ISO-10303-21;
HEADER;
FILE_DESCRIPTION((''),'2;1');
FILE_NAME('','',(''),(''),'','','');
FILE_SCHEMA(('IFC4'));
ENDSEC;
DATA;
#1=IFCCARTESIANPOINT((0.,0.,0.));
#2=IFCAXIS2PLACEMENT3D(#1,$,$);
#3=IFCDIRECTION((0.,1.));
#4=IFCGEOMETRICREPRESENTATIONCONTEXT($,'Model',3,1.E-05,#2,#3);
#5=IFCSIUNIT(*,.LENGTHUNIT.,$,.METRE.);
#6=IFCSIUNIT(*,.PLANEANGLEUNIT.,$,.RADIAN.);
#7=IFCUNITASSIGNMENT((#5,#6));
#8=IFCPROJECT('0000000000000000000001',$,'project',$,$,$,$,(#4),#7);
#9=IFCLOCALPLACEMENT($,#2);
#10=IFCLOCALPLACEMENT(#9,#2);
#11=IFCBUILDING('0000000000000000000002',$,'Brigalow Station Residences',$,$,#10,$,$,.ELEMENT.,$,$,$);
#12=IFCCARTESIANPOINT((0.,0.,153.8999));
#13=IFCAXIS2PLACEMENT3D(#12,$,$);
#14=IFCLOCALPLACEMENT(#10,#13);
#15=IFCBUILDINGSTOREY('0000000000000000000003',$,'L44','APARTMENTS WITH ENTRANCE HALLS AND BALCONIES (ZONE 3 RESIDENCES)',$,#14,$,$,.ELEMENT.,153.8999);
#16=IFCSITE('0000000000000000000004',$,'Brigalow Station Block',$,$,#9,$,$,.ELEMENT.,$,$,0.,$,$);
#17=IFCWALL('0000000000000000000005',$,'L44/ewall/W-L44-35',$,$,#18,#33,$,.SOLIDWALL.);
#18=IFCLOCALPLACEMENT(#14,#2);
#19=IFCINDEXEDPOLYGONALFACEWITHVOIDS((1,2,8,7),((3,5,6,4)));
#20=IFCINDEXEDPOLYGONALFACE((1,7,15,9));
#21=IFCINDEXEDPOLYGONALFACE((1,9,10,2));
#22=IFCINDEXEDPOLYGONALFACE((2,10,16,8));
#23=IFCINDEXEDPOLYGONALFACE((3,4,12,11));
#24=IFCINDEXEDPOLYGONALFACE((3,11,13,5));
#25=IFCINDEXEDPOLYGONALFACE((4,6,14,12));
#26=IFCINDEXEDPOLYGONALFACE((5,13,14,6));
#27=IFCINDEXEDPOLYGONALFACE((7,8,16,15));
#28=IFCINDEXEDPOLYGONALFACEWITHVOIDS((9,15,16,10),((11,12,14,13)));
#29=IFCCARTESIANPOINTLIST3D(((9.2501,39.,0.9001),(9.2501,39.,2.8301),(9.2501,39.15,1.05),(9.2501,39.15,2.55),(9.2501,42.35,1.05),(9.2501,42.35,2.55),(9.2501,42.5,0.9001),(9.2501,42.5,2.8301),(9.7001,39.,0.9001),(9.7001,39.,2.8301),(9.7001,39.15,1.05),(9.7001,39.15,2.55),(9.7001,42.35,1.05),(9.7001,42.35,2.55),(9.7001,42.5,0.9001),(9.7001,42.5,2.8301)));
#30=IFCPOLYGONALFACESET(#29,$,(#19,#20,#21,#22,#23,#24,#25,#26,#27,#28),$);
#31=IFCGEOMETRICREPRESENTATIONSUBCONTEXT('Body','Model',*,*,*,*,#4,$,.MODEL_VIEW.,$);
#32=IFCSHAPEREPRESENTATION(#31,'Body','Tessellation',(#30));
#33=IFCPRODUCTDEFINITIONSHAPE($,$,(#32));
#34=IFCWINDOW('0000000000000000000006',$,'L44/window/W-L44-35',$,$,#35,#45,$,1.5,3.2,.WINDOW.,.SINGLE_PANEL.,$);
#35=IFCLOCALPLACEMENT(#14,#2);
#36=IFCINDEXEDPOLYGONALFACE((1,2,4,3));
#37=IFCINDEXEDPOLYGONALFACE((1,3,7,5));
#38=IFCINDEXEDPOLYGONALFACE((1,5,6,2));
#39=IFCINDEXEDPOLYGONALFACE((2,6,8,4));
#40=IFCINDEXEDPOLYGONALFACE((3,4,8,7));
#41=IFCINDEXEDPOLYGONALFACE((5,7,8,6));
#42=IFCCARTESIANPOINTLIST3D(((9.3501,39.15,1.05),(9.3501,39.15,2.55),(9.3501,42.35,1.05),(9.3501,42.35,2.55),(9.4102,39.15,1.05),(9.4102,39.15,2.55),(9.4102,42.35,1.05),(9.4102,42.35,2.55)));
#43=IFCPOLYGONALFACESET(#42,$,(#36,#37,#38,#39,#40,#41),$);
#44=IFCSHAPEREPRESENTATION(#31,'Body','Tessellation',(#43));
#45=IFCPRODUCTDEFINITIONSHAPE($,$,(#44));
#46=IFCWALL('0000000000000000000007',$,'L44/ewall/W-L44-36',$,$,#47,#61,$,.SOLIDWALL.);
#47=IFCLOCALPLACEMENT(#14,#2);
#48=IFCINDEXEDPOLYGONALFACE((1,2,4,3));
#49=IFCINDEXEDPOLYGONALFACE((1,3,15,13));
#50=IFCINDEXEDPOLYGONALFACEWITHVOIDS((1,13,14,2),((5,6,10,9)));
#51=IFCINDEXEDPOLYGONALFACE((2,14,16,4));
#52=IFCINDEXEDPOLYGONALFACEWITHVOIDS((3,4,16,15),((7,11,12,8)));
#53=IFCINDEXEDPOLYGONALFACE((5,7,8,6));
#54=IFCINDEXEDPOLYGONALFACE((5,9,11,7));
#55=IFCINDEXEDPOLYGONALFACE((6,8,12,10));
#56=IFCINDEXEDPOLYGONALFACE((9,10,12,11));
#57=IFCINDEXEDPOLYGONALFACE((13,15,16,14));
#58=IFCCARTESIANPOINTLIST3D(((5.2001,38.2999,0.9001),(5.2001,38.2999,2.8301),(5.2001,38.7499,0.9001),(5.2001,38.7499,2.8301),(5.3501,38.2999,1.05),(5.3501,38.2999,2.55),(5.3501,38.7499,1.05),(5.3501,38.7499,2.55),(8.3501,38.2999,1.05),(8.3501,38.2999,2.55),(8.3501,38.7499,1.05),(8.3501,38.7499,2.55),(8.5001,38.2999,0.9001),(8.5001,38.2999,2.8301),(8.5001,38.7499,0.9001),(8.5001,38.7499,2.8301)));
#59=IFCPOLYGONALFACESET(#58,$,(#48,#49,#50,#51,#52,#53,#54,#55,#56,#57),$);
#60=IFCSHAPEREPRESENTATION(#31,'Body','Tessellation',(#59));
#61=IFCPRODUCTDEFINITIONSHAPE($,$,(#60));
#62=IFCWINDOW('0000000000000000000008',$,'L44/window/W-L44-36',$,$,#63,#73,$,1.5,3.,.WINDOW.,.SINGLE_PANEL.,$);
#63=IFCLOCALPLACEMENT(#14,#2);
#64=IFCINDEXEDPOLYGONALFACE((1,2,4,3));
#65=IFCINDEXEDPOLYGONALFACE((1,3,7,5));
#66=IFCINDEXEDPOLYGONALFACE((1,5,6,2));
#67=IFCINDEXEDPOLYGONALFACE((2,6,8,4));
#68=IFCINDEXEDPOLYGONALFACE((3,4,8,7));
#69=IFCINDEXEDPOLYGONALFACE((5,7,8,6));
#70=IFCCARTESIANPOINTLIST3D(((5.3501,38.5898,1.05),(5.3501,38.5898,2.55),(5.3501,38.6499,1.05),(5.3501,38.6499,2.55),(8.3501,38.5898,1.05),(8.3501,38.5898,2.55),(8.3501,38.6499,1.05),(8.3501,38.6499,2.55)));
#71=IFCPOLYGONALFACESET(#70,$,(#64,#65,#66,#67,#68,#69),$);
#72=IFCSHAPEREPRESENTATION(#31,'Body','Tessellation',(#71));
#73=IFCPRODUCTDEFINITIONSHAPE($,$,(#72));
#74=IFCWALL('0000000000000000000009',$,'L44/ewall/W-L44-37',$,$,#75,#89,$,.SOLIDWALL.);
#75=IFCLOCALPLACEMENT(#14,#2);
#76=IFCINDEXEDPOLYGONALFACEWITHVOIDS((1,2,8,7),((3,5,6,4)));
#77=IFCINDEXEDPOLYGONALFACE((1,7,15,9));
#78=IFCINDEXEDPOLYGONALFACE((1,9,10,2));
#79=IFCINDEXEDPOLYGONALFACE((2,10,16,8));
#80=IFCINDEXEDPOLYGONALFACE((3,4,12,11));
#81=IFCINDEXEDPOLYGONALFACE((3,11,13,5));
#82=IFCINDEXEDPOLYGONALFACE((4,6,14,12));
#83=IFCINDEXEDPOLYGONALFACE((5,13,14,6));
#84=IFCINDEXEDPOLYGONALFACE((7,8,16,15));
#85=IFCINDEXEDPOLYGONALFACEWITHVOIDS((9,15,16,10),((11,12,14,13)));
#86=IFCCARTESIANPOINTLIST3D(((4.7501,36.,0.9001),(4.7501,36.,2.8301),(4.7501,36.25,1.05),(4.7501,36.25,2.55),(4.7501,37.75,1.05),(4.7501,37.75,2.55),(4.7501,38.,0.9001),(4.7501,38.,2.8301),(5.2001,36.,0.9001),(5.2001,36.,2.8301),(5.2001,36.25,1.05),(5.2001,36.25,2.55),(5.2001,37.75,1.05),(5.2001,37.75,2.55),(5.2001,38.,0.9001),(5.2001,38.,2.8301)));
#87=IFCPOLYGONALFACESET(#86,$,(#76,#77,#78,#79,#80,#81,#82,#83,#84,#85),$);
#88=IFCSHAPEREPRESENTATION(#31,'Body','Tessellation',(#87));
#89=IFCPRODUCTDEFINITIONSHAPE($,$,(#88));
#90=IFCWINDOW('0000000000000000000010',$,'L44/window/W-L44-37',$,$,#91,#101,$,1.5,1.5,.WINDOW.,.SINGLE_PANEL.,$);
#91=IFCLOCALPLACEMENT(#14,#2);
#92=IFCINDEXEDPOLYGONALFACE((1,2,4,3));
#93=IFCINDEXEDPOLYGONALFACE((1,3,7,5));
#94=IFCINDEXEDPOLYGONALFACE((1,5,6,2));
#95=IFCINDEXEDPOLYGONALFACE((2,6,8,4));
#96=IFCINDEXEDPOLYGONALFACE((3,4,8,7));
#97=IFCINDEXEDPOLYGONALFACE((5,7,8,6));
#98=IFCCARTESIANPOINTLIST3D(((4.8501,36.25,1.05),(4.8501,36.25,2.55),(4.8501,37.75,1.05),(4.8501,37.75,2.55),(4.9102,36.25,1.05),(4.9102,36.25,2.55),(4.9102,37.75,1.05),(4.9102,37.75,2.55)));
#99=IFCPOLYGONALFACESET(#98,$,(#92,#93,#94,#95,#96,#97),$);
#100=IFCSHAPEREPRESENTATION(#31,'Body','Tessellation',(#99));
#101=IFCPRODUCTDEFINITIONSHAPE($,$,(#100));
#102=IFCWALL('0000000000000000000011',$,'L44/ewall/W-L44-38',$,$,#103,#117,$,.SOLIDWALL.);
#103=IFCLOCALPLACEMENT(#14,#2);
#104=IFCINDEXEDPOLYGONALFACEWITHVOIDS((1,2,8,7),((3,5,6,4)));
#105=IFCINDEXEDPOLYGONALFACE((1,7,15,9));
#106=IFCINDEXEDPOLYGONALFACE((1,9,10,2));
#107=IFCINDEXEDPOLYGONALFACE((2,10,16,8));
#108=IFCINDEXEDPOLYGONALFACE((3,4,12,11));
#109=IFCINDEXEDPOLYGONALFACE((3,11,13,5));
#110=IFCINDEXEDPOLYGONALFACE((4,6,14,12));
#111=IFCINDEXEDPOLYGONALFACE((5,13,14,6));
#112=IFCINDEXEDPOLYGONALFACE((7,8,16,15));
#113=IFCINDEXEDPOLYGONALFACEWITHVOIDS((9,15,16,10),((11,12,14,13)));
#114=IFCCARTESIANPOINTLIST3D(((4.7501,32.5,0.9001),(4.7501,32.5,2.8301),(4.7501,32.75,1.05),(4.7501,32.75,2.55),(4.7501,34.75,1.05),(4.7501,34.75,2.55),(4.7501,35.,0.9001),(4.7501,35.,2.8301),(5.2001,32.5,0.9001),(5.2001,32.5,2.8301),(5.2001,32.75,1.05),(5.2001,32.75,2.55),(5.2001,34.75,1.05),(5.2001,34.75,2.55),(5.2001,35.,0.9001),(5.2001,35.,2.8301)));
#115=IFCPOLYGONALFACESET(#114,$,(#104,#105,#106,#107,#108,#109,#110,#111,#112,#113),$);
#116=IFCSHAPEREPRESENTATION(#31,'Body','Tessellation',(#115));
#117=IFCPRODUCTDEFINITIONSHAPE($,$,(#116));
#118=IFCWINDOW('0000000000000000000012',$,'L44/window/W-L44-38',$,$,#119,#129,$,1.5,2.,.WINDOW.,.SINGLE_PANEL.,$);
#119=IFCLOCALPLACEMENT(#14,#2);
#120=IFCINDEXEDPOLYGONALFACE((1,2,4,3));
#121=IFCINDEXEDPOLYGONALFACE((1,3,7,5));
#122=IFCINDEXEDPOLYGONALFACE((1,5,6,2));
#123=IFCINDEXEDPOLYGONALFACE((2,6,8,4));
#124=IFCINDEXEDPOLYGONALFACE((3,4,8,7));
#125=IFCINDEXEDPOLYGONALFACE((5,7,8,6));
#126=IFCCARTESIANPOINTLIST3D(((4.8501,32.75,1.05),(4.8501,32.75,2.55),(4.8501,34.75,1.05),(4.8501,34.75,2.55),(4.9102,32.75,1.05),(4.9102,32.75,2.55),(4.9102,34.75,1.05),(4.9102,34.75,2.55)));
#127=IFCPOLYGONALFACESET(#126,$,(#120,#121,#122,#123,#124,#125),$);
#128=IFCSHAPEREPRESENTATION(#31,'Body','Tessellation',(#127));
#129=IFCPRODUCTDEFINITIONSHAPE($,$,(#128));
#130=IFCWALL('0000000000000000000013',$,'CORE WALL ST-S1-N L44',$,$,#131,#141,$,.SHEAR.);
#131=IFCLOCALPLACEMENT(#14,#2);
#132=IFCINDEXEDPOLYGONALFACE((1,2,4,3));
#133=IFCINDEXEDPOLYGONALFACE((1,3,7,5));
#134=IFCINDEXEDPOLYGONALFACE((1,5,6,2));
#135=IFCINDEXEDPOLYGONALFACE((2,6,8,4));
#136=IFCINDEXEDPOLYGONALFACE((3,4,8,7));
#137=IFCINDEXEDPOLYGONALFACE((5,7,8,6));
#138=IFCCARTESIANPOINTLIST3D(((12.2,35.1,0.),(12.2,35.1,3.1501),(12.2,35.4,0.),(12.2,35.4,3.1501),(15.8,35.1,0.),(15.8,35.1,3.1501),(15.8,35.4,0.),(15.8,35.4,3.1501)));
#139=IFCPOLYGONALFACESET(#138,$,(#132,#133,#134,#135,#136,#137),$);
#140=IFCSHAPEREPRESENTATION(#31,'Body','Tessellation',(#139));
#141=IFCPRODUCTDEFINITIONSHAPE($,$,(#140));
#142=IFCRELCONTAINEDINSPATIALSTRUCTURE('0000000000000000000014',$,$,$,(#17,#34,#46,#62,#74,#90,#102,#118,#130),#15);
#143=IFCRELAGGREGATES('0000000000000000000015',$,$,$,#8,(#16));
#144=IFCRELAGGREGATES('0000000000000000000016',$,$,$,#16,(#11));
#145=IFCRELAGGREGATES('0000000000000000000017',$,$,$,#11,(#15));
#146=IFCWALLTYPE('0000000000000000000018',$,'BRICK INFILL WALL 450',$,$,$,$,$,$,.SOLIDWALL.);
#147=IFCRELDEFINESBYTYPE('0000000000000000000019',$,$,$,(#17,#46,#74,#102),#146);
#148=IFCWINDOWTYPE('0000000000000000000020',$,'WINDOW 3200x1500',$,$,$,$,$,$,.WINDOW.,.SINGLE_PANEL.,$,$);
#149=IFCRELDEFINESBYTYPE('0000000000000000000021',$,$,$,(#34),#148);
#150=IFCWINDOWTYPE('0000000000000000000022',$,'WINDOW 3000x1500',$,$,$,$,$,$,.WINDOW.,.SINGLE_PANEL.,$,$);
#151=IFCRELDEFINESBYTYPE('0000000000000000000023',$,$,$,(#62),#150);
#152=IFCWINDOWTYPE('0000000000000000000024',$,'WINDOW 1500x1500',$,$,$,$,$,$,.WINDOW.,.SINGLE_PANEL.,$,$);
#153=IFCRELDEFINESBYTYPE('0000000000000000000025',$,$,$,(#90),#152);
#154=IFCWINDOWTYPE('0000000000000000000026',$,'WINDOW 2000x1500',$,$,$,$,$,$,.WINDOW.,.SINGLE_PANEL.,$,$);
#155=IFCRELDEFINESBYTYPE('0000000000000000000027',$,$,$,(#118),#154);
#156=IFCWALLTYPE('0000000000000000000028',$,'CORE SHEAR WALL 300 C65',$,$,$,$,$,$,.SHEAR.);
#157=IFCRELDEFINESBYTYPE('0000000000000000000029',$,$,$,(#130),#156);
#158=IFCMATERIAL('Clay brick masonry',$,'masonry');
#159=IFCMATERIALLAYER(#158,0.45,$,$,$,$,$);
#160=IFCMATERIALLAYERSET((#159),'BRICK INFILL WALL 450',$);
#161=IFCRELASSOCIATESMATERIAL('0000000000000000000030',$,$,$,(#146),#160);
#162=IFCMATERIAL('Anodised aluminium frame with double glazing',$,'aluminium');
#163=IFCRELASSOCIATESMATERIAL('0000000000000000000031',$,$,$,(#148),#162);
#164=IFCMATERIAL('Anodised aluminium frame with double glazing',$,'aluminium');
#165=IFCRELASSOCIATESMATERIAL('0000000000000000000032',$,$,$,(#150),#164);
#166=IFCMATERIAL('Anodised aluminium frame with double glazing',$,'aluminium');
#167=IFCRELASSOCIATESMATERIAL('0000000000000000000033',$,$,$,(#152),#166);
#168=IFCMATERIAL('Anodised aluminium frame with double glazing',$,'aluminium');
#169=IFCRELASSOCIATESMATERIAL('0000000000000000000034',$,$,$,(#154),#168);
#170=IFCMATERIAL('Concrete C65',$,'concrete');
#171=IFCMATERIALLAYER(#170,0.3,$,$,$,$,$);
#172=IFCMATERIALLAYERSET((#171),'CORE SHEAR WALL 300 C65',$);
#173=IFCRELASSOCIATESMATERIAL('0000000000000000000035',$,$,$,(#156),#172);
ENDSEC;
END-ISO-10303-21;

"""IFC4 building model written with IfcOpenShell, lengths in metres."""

from ifc_helpers import new_model, si_unit, direction, frame, frame_2d, origin, place, context, subcontext, project, spatial, rectangle, extrude, material, layer, layer_set, type_object, element, fill, save


model = new_model("IFC4")

# Units and contexts
model_context = context("Model", 3, precision=1e-05, world=origin(), true_north=direction((0.0, 1.0)))
body_context = subcontext(model_context, "Body", "Model", "MODEL_VIEW")
ifc_project = project(units=[si_unit("LENGTHUNIT", "METRE"), si_unit("PLANEANGLEUNIT", "RADIAN")], contexts=[model_context])

# Site, building, storey
site_placement = place(None, origin())
site = spatial("IfcSite", under=ifc_project, at=site_placement, Name="Brigalow Station Block", CompositionType="ELEMENT", RefElevation=0.0)
building_placement = place(site_placement, origin())
building = spatial("IfcBuilding", under=site, at=building_placement, Name="Brigalow Station Residences", CompositionType="ELEMENT")
storey_placement = place(building_placement, frame((0.0, 0.0, 153.8999)))
storey = spatial("IfcBuildingStorey", under=building, at=storey_placement, Name="L44", Description="APARTMENTS WITH ENTRANCE HALLS AND BALCONIES (ZONE 3 RESIDENCES)", CompositionType="ELEMENT", Elevation=153.8999)

# Shared definitions
ifc_material_1 = material(Name="Clay brick masonry", Category="masonry")
ifc_layer_1 = layer(ifc_material_1, 0.45)
ifc_layer_set_1 = layer_set([ifc_layer_1], Name="BRICK INFILL WALL 450")
wall_type_1 = type_object("IfcWallType", Name="BRICK INFILL WALL 450", PredefinedType="SOLIDWALL", material=ifc_layer_set_1)

# Walls, openings, windows
wall_1_placement = place(storey_placement, frame((9.4751, 42.5, 0.9001), z_axis=(0.0, 0.0, 1.0), x_axis=(0.0, -1.0, 0.0)))
wall_1 = element("IfcWall", 1, at=wall_1_placement, inside=storey, type_object=wall_type_1, Name="L44/ewall/W-L44-35", PredefinedType="SOLIDWALL", context=body_context, shape_type="SweptSolid", body=[
    extrude(rectangle(XDim=3.5, YDim=0.45, at=frame_2d((1.75, 0.0))), origin(), (0.0, 0.0, 1.0), 1.9299),
])
opening_1_placement = place(wall_1_placement, frame((0.1499, 0.0, 0.1499)))
opening_1 = element("IfcOpeningElement", 2, at=opening_1_placement, cuts=wall_1, PredefinedType="OPENING", context=body_context, shape_type="SweptSolid", body=[
    extrude(rectangle(XDim=3.2, YDim=1.5, at=frame_2d((1.6001, 0.75))), frame((0.0, 0.2349, 0.0), z_axis=(0.0, -1.0, 0.0), x_axis=(1.0, 0.0, 0.0)), (0.0, 0.0, 1.0), 0.47),
])
ifc_material_2 = material(Name="Anodised aluminium frame with double glazing", Category="aluminium")
window_type_1 = type_object("IfcWindowType", Name="WINDOW 3200x1500", PartitioningType="SINGLE_PANEL", PredefinedType="WINDOW", material=ifc_material_2)
window_1_placement = place(opening_1_placement, origin())
window_1 = element("IfcWindow", 3, at=window_1_placement, inside=storey, type_object=window_type_1, Name="L44/window/W-L44-35", OverallHeight=1.5, OverallWidth=3.2, PartitioningType="SINGLE_PANEL", PredefinedType="WINDOW", context=body_context, shape_type="SweptSolid", body=[
    extrude(rectangle(XDim=3.2, YDim=1.5, at=frame_2d((1.6001, 0.75))), frame((0.0, -0.0649, 0.0), z_axis=(0.0, -1.0, 0.0), x_axis=(1.0, 0.0, 0.0)), (0.0, 0.0, 1.0), 0.0601),
])
fill(opening_1, window_1)
wall_2_placement = place(storey_placement, frame((8.5, 38.5249, 0.9001), z_axis=(0.0, 0.0, 1.0), x_axis=(-1.0, 0.0, 0.0)))
wall_2 = element("IfcWall", 4, at=wall_2_placement, inside=storey, type_object=wall_type_1, Name="L44/ewall/W-L44-36", PredefinedType="SOLIDWALL", context=body_context, shape_type="SweptSolid", body=[
    extrude(rectangle(XDim=3.3, YDim=0.45, at=frame_2d((1.6499, 0.0))), origin(), (0.0, 0.0, 1.0), 1.9299),
])
opening_2_placement = place(wall_2_placement, frame((0.1499, 0.0, 0.1499)))
opening_2 = element("IfcOpeningElement", 5, at=opening_2_placement, cuts=wall_2, PredefinedType="OPENING", context=body_context, shape_type="SweptSolid", body=[
    extrude(rectangle(XDim=3.0, YDim=1.5, at=frame_2d((1.5, 0.75))), frame((0.0, 0.2349, 0.0), z_axis=(0.0, -1.0, 0.0), x_axis=(1.0, 0.0, 0.0)), (0.0, 0.0, 1.0), 0.47),
])
ifc_material_3 = material(Name="Anodised aluminium frame with double glazing", Category="aluminium")
window_type_2 = type_object("IfcWindowType", Name="WINDOW 3000x1500", PartitioningType="SINGLE_PANEL", PredefinedType="WINDOW", material=ifc_material_3)
window_2_placement = place(opening_2_placement, origin())
window_2 = element("IfcWindow", 6, at=window_2_placement, inside=storey, type_object=window_type_2, Name="L44/window/W-L44-36", OverallHeight=1.5, OverallWidth=3.0, PartitioningType="SINGLE_PANEL", PredefinedType="WINDOW", context=body_context, shape_type="SweptSolid", body=[
    extrude(rectangle(XDim=3.0, YDim=1.5, at=frame_2d((1.5, 0.75))), frame((0.0, -0.0649, 0.0), z_axis=(0.0, -1.0, 0.0), x_axis=(1.0, 0.0, 0.0)), (0.0, 0.0, 1.0), 0.0601),
])
fill(opening_2, window_2)
wall_3_placement = place(storey_placement, frame((4.9751, 38.0, 0.9001), z_axis=(0.0, 0.0, 1.0), x_axis=(0.0, -1.0, 0.0)))
wall_3 = element("IfcWall", 7, at=wall_3_placement, inside=storey, type_object=wall_type_1, Name="L44/ewall/W-L44-37", PredefinedType="SOLIDWALL", context=body_context, shape_type="SweptSolid", body=[
    extrude(rectangle(XDim=2.0, YDim=0.45, at=frame_2d((1.0, 0.0))), origin(), (0.0, 0.0, 1.0), 1.9299),
])
opening_3_placement = place(wall_3_placement, frame((0.25, 0.0, 0.1499)))
opening_3 = element("IfcOpeningElement", 8, at=opening_3_placement, cuts=wall_3, PredefinedType="OPENING", context=body_context, shape_type="SweptSolid", body=[
    extrude(rectangle(XDim=1.5, YDim=1.5, at=frame_2d((0.75, 0.75))), frame((0.0, 0.2349, 0.0), z_axis=(0.0, -1.0, 0.0), x_axis=(1.0, 0.0, 0.0)), (0.0, 0.0, 1.0), 0.47),
])
ifc_material_4 = material(Name="Anodised aluminium frame with double glazing", Category="aluminium")
window_type_3 = type_object("IfcWindowType", Name="WINDOW 1500x1500", PartitioningType="SINGLE_PANEL", PredefinedType="WINDOW", material=ifc_material_4)
window_3_placement = place(opening_3_placement, origin())
window_3 = element("IfcWindow", 9, at=window_3_placement, inside=storey, type_object=window_type_3, Name="L44/window/W-L44-37", OverallHeight=1.5, OverallWidth=1.5, PartitioningType="SINGLE_PANEL", PredefinedType="WINDOW", context=body_context, shape_type="SweptSolid", body=[
    extrude(rectangle(XDim=1.5, YDim=1.5, at=frame_2d((0.75, 0.75))), frame((0.0, -0.0649, 0.0), z_axis=(0.0, -1.0, 0.0), x_axis=(1.0, 0.0, 0.0)), (0.0, 0.0, 1.0), 0.0601),
])
fill(opening_3, window_3)
wall_4_placement = place(storey_placement, frame((4.9751, 35.0, 0.9001), z_axis=(0.0, 0.0, 1.0), x_axis=(0.0, -1.0, 0.0)))
wall_4 = element("IfcWall", 10, at=wall_4_placement, inside=storey, type_object=wall_type_1, Name="L44/ewall/W-L44-38", PredefinedType="SOLIDWALL", context=body_context, shape_type="SweptSolid", body=[
    extrude(rectangle(XDim=2.5, YDim=0.45, at=frame_2d((1.25, 0.0))), origin(), (0.0, 0.0, 1.0), 1.9299),
])
opening_4_placement = place(wall_4_placement, frame((0.25, 0.0, 0.1499)))
opening_4 = element("IfcOpeningElement", 11, at=opening_4_placement, cuts=wall_4, PredefinedType="OPENING", context=body_context, shape_type="SweptSolid", body=[
    extrude(rectangle(XDim=2.0, YDim=1.5, at=frame_2d((1.0, 0.75))), frame((0.0, 0.2349, 0.0), z_axis=(0.0, -1.0, 0.0), x_axis=(1.0, 0.0, 0.0)), (0.0, 0.0, 1.0), 0.47),
])
ifc_material_5 = material(Name="Anodised aluminium frame with double glazing", Category="aluminium")
window_type_4 = type_object("IfcWindowType", Name="WINDOW 2000x1500", PartitioningType="SINGLE_PANEL", PredefinedType="WINDOW", material=ifc_material_5)
window_4_placement = place(opening_4_placement, origin())
window_4 = element("IfcWindow", 12, at=window_4_placement, inside=storey, type_object=window_type_4, Name="L44/window/W-L44-38", OverallHeight=1.5, OverallWidth=2.0, PartitioningType="SINGLE_PANEL", PredefinedType="WINDOW", context=body_context, shape_type="SweptSolid", body=[
    extrude(rectangle(XDim=2.0, YDim=1.5, at=frame_2d((1.0, 0.75))), frame((0.0, -0.0649, 0.0), z_axis=(0.0, -1.0, 0.0), x_axis=(1.0, 0.0, 0.0)), (0.0, 0.0, 1.0), 0.0601),
])
fill(opening_4, window_4)

# Wall
ifc_material_6 = material(Name="Concrete C65", Category="concrete")
ifc_layer_2 = layer(ifc_material_6, 0.3)
ifc_layer_set_2 = layer_set([ifc_layer_2], Name="CORE SHEAR WALL 300 C65")
wall_type_2 = type_object("IfcWallType", Name="CORE SHEAR WALL 300 C65", PredefinedType="SHEAR", material=ifc_layer_set_2)
wall_5_placement = place(storey_placement, frame((12.2, 35.25, 0.0), z_axis=(0.0, 0.0, 1.0), x_axis=(1.0, 0.0, 0.0)))
element("IfcWall", 13, at=wall_5_placement, inside=storey, type_object=wall_type_2, Name="CORE WALL ST-S1-N L44", PredefinedType="SHEAR", context=body_context, shape_type="SweptSolid", body=[
    extrude(rectangle(XDim=3.6001, YDim=0.3, at=frame_2d((1.8, 0.0))), origin(), (0.0, 0.0, 1.0), 3.1501),
])

save(model, "model.ifc")
